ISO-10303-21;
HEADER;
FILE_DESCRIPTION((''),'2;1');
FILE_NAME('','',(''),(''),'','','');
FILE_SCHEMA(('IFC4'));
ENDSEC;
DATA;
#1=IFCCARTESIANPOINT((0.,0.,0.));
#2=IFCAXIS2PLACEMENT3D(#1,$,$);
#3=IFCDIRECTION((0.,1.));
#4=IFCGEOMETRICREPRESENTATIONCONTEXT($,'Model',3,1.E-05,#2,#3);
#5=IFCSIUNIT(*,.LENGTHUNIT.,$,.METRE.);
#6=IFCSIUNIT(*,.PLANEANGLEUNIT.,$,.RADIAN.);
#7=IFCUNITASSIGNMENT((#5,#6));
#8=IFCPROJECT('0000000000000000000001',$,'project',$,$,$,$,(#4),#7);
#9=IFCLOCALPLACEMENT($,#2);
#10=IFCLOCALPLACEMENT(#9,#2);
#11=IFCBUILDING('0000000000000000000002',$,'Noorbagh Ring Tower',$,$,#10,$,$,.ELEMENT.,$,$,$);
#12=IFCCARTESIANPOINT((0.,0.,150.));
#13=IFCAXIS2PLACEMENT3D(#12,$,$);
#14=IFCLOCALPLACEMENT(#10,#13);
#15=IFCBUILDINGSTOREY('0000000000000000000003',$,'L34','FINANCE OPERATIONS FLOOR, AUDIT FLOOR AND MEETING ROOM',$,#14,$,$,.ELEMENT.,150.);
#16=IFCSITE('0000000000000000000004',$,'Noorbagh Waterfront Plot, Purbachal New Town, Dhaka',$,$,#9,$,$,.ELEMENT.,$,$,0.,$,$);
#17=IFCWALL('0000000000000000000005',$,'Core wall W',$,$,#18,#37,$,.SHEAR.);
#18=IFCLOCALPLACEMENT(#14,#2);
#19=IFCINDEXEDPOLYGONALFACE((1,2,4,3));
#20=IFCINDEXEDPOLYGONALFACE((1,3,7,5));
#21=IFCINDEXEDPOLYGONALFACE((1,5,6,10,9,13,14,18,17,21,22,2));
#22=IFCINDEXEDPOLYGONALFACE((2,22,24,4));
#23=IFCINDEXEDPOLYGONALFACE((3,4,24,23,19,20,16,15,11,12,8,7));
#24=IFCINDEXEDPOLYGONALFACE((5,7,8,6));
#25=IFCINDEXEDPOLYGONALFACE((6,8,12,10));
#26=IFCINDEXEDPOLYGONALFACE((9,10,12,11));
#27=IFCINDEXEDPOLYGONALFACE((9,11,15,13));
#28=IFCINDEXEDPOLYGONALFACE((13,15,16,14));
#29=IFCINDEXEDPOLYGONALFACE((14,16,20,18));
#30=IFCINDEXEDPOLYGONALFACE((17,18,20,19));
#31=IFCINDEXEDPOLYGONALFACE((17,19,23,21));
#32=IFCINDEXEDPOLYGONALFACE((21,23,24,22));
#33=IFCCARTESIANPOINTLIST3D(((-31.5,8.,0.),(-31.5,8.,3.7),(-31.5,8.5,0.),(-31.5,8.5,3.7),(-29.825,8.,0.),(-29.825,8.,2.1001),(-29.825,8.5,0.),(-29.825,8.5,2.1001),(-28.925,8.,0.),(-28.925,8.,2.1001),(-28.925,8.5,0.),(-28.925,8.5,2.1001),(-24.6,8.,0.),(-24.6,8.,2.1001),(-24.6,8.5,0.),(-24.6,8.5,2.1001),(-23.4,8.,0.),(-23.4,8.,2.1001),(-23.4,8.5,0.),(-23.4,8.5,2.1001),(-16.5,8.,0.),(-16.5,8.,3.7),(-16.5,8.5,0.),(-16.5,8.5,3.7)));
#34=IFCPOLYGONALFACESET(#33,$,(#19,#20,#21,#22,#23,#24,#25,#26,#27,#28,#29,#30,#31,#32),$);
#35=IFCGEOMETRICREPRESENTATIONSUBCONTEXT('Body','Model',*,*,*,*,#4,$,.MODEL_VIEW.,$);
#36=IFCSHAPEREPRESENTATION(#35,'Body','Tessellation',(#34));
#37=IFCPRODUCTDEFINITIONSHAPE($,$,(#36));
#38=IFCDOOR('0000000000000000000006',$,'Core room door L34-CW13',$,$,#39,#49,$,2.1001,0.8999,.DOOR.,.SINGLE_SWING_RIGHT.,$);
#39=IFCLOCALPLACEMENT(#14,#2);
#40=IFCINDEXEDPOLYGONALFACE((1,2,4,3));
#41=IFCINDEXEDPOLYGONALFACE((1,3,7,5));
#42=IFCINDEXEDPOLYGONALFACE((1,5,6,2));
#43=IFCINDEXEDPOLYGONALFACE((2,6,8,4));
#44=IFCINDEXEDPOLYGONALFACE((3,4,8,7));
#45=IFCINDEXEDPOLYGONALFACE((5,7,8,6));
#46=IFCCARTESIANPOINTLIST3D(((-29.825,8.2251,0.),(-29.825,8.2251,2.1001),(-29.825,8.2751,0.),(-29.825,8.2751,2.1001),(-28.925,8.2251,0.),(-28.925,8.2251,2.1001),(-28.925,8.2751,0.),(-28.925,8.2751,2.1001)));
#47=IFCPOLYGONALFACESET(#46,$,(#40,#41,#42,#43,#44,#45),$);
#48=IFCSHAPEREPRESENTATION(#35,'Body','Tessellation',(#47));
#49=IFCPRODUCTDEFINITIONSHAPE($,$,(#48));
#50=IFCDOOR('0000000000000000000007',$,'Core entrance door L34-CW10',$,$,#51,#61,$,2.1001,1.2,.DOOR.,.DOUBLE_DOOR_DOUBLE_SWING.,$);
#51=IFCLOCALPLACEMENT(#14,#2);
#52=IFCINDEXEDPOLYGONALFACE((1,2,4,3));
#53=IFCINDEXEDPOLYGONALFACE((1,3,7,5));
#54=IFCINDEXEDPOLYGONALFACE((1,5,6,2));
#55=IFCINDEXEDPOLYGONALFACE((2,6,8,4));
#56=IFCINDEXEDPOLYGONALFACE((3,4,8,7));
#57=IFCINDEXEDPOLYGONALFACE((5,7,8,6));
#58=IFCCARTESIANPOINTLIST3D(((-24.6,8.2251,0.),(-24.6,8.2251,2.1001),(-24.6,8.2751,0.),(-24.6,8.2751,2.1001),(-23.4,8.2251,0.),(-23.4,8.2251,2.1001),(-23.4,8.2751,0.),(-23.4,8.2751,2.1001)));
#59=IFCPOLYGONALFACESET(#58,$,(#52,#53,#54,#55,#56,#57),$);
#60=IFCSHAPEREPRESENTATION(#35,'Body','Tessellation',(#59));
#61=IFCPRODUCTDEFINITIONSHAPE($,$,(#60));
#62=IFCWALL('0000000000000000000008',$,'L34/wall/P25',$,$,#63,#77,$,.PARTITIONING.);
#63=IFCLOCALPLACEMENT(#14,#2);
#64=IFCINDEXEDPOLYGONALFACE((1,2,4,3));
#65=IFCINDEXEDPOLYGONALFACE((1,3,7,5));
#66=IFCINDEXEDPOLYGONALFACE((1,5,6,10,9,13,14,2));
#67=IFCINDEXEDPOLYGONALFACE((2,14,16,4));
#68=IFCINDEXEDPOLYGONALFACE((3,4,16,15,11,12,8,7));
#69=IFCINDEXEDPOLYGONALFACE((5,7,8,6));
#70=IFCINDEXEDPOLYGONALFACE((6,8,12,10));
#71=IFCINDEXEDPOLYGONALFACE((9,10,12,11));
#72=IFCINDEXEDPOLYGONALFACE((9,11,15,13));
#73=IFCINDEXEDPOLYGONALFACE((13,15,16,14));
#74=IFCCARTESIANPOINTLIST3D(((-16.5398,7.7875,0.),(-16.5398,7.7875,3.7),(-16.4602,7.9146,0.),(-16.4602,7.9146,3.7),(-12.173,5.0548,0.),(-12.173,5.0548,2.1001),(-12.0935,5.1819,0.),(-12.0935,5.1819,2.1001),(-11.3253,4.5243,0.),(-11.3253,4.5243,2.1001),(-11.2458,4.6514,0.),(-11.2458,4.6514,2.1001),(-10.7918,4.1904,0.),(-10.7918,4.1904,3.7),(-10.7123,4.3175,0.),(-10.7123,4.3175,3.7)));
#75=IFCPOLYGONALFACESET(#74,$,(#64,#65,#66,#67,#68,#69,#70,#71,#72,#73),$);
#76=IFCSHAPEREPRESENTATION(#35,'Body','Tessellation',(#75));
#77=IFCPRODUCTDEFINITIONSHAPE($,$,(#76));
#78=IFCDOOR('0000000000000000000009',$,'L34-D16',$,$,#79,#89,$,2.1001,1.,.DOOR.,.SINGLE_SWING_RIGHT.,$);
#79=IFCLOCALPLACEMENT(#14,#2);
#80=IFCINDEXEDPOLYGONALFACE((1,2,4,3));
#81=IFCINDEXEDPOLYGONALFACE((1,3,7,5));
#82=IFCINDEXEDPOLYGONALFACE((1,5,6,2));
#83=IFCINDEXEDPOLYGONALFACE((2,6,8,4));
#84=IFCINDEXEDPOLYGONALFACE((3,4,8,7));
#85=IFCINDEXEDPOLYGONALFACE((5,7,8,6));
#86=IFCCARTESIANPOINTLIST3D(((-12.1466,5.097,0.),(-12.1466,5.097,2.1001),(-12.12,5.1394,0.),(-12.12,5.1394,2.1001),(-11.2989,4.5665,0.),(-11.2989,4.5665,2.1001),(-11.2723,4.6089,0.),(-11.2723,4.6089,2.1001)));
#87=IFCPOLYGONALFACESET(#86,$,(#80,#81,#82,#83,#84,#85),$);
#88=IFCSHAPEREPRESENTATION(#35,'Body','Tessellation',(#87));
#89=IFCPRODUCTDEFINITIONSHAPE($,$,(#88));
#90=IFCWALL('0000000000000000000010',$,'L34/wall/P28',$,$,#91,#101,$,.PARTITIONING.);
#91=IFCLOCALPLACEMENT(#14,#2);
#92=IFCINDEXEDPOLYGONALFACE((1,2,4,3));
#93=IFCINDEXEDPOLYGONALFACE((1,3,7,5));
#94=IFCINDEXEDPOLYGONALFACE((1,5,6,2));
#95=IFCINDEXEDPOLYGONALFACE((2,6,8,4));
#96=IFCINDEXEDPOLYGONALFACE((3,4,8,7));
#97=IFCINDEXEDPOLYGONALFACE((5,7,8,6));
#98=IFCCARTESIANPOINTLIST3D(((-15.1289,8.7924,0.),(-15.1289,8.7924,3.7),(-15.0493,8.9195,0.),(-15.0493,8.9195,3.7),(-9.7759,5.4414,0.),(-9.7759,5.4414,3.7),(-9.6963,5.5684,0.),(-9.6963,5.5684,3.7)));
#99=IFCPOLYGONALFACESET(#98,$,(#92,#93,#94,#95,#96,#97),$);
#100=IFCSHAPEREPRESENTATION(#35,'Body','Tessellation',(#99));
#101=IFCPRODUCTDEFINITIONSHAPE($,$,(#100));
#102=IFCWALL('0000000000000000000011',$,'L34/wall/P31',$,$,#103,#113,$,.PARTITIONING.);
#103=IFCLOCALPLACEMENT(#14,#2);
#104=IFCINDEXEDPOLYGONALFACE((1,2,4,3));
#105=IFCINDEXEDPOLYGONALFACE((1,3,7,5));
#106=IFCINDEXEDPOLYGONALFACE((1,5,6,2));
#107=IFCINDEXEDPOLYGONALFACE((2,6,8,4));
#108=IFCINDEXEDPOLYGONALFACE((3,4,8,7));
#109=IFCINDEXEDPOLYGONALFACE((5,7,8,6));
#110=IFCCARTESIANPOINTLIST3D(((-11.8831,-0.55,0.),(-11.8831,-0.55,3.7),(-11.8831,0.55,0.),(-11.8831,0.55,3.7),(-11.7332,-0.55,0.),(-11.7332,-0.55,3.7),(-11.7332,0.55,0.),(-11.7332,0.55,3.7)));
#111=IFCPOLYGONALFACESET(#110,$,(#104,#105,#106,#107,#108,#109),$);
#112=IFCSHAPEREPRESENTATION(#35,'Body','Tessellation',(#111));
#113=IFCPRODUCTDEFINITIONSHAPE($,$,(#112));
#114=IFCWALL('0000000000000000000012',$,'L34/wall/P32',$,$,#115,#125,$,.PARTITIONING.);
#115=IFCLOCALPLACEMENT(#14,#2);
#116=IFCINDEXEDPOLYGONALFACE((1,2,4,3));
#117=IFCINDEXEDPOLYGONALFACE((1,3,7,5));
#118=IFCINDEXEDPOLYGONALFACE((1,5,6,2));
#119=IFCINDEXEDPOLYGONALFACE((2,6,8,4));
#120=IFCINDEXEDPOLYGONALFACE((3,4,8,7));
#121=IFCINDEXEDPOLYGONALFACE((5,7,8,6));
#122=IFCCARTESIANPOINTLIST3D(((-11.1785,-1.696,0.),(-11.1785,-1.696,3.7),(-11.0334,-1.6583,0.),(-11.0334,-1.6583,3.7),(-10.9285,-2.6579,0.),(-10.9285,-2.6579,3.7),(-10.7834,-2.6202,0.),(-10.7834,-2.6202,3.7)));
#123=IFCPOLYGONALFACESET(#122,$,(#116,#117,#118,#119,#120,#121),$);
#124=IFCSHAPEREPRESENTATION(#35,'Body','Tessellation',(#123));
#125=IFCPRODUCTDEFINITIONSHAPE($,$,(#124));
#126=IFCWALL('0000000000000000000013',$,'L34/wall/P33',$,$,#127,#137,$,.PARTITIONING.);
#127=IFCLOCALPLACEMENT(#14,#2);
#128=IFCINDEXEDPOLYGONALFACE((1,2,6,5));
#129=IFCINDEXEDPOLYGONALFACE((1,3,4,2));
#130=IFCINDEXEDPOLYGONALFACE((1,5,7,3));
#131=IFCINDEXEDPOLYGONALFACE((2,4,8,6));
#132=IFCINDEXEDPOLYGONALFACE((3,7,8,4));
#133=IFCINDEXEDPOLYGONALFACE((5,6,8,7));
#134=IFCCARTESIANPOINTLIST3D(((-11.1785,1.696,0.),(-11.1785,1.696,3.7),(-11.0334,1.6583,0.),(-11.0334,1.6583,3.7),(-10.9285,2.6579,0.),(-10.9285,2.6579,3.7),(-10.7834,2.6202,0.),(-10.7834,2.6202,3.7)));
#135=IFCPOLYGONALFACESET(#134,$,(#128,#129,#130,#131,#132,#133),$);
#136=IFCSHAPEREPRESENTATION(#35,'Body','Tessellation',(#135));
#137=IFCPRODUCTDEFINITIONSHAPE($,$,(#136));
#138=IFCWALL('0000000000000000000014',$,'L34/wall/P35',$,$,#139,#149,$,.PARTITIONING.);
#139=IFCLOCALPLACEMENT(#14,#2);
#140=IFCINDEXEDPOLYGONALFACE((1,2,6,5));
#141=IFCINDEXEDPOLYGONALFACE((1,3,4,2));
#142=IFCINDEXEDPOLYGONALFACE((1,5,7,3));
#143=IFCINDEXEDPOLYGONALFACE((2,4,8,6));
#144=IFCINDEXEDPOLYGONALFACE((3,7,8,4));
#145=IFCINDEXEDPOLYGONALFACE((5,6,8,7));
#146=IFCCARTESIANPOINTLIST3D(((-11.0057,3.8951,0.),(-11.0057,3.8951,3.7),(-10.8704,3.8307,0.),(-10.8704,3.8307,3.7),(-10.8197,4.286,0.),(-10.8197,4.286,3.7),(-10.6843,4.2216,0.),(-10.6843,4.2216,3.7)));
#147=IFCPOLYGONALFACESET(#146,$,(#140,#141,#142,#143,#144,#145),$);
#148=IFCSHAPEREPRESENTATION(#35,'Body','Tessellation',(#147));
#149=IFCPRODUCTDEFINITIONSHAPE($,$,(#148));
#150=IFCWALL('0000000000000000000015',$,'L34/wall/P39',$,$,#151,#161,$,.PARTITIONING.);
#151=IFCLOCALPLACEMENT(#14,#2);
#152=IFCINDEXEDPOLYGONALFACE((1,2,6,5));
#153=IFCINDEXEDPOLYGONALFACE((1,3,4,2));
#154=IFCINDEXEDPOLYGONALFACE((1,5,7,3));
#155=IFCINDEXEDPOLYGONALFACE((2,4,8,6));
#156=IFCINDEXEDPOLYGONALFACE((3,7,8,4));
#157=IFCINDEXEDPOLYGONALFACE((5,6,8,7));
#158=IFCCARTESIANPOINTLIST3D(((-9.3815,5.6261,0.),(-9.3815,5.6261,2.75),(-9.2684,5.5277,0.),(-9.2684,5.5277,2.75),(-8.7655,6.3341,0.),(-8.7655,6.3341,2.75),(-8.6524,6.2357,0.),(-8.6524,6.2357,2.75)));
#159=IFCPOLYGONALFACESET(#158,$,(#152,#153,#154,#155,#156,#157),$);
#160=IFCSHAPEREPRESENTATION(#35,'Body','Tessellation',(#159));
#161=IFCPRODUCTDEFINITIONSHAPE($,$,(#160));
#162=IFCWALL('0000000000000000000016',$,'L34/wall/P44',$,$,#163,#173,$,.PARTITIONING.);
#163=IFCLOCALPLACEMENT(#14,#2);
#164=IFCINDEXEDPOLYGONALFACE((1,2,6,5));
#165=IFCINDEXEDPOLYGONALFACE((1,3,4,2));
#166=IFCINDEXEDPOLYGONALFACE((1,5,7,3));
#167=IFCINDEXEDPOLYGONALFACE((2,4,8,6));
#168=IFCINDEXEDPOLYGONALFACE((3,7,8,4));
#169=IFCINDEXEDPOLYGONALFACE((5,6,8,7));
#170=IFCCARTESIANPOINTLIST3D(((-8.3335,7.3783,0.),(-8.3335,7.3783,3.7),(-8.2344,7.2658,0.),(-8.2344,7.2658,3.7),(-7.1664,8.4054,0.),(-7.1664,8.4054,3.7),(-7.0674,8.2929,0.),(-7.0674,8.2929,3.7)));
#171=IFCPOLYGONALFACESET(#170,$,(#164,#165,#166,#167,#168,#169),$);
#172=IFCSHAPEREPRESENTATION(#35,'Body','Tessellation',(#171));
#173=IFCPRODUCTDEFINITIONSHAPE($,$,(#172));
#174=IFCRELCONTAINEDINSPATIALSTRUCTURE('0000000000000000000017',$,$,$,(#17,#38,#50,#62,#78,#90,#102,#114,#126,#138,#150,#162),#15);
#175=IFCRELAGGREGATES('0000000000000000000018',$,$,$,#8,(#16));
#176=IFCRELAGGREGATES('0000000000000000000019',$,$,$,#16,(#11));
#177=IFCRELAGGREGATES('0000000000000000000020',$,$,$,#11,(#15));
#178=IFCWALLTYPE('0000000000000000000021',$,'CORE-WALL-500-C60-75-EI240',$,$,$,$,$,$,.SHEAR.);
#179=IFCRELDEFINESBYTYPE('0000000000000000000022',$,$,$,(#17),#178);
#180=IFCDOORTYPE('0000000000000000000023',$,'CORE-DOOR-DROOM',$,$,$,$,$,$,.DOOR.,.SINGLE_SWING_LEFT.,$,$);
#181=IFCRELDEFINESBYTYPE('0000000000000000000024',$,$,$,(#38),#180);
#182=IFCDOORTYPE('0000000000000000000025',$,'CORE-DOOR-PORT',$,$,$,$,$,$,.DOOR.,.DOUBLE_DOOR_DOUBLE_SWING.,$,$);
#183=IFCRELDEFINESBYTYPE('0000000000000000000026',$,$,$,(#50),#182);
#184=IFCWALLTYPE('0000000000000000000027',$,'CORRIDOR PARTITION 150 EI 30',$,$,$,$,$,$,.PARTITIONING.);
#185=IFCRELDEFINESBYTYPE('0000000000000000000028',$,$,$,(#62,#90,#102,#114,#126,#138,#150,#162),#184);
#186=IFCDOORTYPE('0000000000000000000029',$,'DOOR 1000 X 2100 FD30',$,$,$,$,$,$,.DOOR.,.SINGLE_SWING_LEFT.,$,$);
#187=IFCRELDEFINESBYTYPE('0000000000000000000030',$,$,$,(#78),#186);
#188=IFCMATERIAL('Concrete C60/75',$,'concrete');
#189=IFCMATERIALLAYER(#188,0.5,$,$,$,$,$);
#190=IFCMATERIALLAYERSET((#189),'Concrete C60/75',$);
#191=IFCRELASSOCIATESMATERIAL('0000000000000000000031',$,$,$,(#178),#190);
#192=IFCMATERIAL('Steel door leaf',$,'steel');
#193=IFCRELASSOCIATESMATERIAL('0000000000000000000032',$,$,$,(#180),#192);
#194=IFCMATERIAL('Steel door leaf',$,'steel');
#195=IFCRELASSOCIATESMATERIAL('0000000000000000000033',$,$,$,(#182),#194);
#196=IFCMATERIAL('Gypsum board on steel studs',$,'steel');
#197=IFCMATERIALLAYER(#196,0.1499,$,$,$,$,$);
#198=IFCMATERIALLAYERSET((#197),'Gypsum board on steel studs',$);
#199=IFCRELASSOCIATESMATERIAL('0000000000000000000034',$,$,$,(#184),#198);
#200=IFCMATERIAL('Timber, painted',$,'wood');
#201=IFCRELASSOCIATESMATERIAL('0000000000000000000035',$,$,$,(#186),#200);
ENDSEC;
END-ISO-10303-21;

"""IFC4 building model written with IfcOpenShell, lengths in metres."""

from ifc_helpers import new_model, si_unit, direction, frame, frame_2d, origin, place, context, subcontext, project, spatial, rectangle, extrude, material, layer, layer_set, type_object, element, fill, save


model = new_model("IFC4")

# Units and contexts
model_context = context("Model", 3, precision=1e-05, world=origin(), true_north=direction((0.0, 1.0)))
body_context = subcontext(model_context, "Body", "Model", "MODEL_VIEW")
ifc_project = project(units=[si_unit("LENGTHUNIT", "METRE"), si_unit("PLANEANGLEUNIT", "RADIAN")], contexts=[model_context])

# Site, building, storey
site_placement = place(None, origin())
site = spatial("IfcSite", under=ifc_project, at=site_placement, Name="Noorbagh Waterfront Plot, Purbachal New Town, Dhaka", CompositionType="ELEMENT", RefElevation=0.0)
building_placement = place(site_placement, origin())
building = spatial("IfcBuilding", under=site, at=building_placement, Name="Noorbagh Ring Tower", CompositionType="ELEMENT")
storey_placement = place(building_placement, frame((0.0, 0.0, 150.0)))
storey = spatial("IfcBuildingStorey", under=building, at=storey_placement, Name="L34", Description="FINANCE OPERATIONS FLOOR, AUDIT FLOOR AND MEETING ROOM", CompositionType="ELEMENT", Elevation=150.0)

# Wall, openings, doors
ifc_material_1 = material(Name="Concrete C60/75", Category="concrete")
ifc_layer_1 = layer(ifc_material_1, 0.5)
ifc_layer_set_1 = layer_set([ifc_layer_1], Name="Concrete C60/75")
wall_type_1 = type_object("IfcWallType", Name="CORE-WALL-500-C60-75-EI240", PredefinedType="SHEAR", material=ifc_layer_set_1)
wall_1_placement = place(storey_placement, frame((-16.5, 8.25, 0.0), z_axis=(0.0, 0.0, 1.0), x_axis=(-1.0, 0.0, 0.0)))
wall_1 = element("IfcWall", 1, at=wall_1_placement, inside=storey, type_object=wall_type_1, Name="Core wall W", PredefinedType="SHEAR", context=body_context, shape_type="SweptSolid", body=[
    extrude(rectangle(XDim=15.0, YDim=0.5, at=frame_2d((7.5, 0.0))), origin(), (0.0, 0.0, 1.0), 3.7),
])
opening_1_placement = place(wall_1_placement, frame((6.8999, 0.0, 0.0)))
opening_1 = element("IfcOpeningElement", 2, at=opening_1_placement, cuts=wall_1, PredefinedType="OPENING", context=body_context, shape_type="SweptSolid", body=[
    extrude(rectangle(XDim=1.2, YDim=2.1001, at=frame_2d((0.6001, 1.05))), frame((0.0, 0.26, 0.0), z_axis=(0.0, -1.0, 0.0), x_axis=(1.0, 0.0, 0.0)), (0.0, 0.0, 1.0), 0.52),
])
opening_2_placement = place(wall_1_placement, frame((12.425, 0.0, 0.0)))
opening_2 = element("IfcOpeningElement", 3, at=opening_2_placement, cuts=wall_1, PredefinedType="OPENING", context=body_context, shape_type="SweptSolid", body=[
    extrude(rectangle(XDim=0.8999, YDim=2.1001, at=frame_2d((0.45, 1.05))), frame((0.0, 0.26, 0.0), z_axis=(0.0, -1.0, 0.0), x_axis=(1.0, 0.0, 0.0)), (0.0, 0.0, 1.0), 0.52),
])
ifc_material_2 = material(Name="Steel door leaf", Category="steel")
door_type_1 = type_object("IfcDoorType", Name="CORE-DOOR-DROOM", OperationType="SINGLE_SWING_LEFT", PredefinedType="DOOR", material=ifc_material_2)
door_1_placement = place(opening_2_placement, origin())
door_1 = element("IfcDoor", 4, at=door_1_placement, inside=storey, type_object=door_type_1, Name="Core room door L34-CW13", OperationType="SINGLE_SWING_RIGHT", OverallHeight=2.1001, OverallWidth=0.8999, PredefinedType="DOOR", context=body_context, shape_type="SweptSolid", body=[
    extrude(rectangle(XDim=0.8999, YDim=2.1001, at=frame_2d((0.45, 1.05))), frame((0.0, 0.0249, 0.0), z_axis=(0.0, -1.0, 0.0), x_axis=(1.0, 0.0, 0.0)), (0.0, 0.0, 1.0), 0.05),
])
fill(opening_2, door_1)
ifc_material_3 = material(Name="Steel door leaf", Category="steel")
door_type_2 = type_object("IfcDoorType", Name="CORE-DOOR-PORT", OperationType="DOUBLE_DOOR_DOUBLE_SWING", PredefinedType="DOOR", material=ifc_material_3)
door_2_placement = place(opening_1_placement, origin())
door_2 = element("IfcDoor", 5, at=door_2_placement, inside=storey, type_object=door_type_2, Name="Core entrance door L34-CW10", OperationType="DOUBLE_DOOR_DOUBLE_SWING", OverallHeight=2.1001, OverallWidth=1.2, PredefinedType="DOOR", context=body_context, shape_type="SweptSolid", body=[
    extrude(rectangle(XDim=1.2, YDim=2.1001, at=frame_2d((0.6001, 1.05))), frame((0.0, 0.0249, 0.0), z_axis=(0.0, -1.0, 0.0), x_axis=(1.0, 0.0, 0.0)), (0.0, 0.0, 1.0), 0.05),
])
fill(opening_1, door_2)

# Wall, opening, door
ifc_material_4 = material(Name="Gypsum board on steel studs", Category="steel")
ifc_layer_2 = layer(ifc_material_4, 0.1499)
ifc_layer_set_2 = layer_set([ifc_layer_2], Name="Gypsum board on steel studs")
wall_type_2 = type_object("IfcWallType", Name="CORRIDOR PARTITION 150 EI 30", PredefinedType="PARTITIONING", material=ifc_layer_set_2)
wall_2_placement = place(storey_placement, frame((-16.5, 7.8511, 0.0), z_axis=(0.0, 0.0, 1.0), x_axis=(0.847691, -0.530491, 0.0)))
wall_2 = element("IfcWall", 6, at=wall_2_placement, inside=storey, type_object=wall_type_2, Name="L34/wall/P25", PredefinedType="PARTITIONING", context=body_context, shape_type="SweptSolid", body=[
    extrude(rectangle(XDim=6.7808, YDim=0.1499, at=frame_2d((3.3904, 0.0))), origin(), (0.0, 0.0, 1.0), 3.7),
])
opening_3_placement = place(wall_2_placement, frame((5.1514, 0.0, 0.0)))
opening_3 = element("IfcOpeningElement", 7, at=opening_3_placement, cuts=wall_2, PredefinedType="OPENING", context=body_context, shape_type="SweptSolid", body=[
    extrude(rectangle(XDim=1.0, YDim=2.1001, at=frame_2d((0.5, 1.05))), frame((0.0, 0.085, 0.0), z_axis=(0.0, -1.0, 0.0), x_axis=(1.0, 0.0, 0.0)), (0.0, 0.0, 1.0), 0.1699),
])
ifc_material_5 = material(Name="Timber, painted", Category="wood")
door_type_3 = type_object("IfcDoorType", Name="DOOR 1000 X 2100 FD30", OperationType="SINGLE_SWING_LEFT", PredefinedType="DOOR", material=ifc_material_5)
door_3_placement = place(opening_3_placement, origin())
door_3 = element("IfcDoor", 8, at=door_3_placement, inside=storey, type_object=door_type_3, Name="L34-D16", OperationType="SINGLE_SWING_RIGHT", OverallHeight=2.1001, OverallWidth=1.0, PredefinedType="DOOR", context=body_context, shape_type="SweptSolid", body=[
    extrude(rectangle(XDim=1.0, YDim=2.1001, at=frame_2d((0.5, 1.05))), frame((0.0, 0.0249, 0.0), z_axis=(0.0, -1.0, 0.0), x_axis=(1.0, 0.0, 0.0)), (0.0, 0.0, 1.0), 0.05),
])
fill(opening_3, door_3)

# Walls
wall_3_placement = place(storey_placement, frame((-15.0891, 8.856, 0.0), z_axis=(0.0, 0.0, 1.0), x_axis=(0.847612, -0.530617, 0.0)))
element("IfcWall", 9, at=wall_3_placement, inside=storey, type_object=wall_type_2, Name="L34/wall/P28", PredefinedType="PARTITIONING", context=body_context, shape_type="SweptSolid", body=[
    extrude(rectangle(XDim=6.3154, YDim=0.1499, at=frame_2d((3.1577, 0.0))), origin(), (0.0, 0.0, 1.0), 3.7),
])
wall_4_placement = place(storey_placement, frame((-11.8081, -0.55, 0.0), z_axis=(0.0, 0.0, 1.0), x_axis=(0.0, 1.0, 0.0)))
element("IfcWall", 10, at=wall_4_placement, inside=storey, type_object=wall_type_2, Name="L34/wall/P31", PredefinedType="PARTITIONING", context=body_context, shape_type="SweptSolid", body=[
    extrude(rectangle(XDim=1.1001, YDim=0.1499, at=frame_2d((0.55, 0.0))), origin(), (0.0, 0.0, 1.0), 3.7),
])
for number, where, z_axis, x_axis, name in (
    (11, (-11.106, -1.677, 0.0), (0.0, 0.0, 1.0), (0.251542, -0.967846, 0.0), "L34/wall/P32"),
    (12, (-11.106, 1.677, 0.0), (0.0, 0.0, 1.0), (0.251542, 0.967846, 0.0), "L34/wall/P33"),
):
    element("IfcWall", number, at=place(storey_placement, frame(where, z_axis=z_axis, x_axis=x_axis)), inside=storey, type_object=wall_type_2, Name=name, PredefinedType="PARTITIONING", context=body_context, shape_type="SweptSolid", body=[
        extrude(rectangle(XDim=0.9939, YDim=0.1499, at=frame_2d((0.4971, 0.0))), origin(), (0.0, 0.0, 1.0), 3.7),
    ])
wall_5_placement = place(storey_placement, frame((-10.938, 3.863, 0.0), z_axis=(0.0, 0.0, 1.0), x_axis=(0.429758, 0.902944, 0.0)))
element("IfcWall", 13, at=wall_5_placement, inside=storey, type_object=wall_type_2, Name="L34/wall/P35", PredefinedType="PARTITIONING", context=body_context, shape_type="SweptSolid", body=[
    extrude(rectangle(XDim=0.4329, YDim=0.1499, at=frame_2d((0.2163, 0.0))), origin(), (0.0, 0.0, 1.0), 3.7),
])
wall_6_placement = place(storey_placement, frame((-9.325, 5.5769, 0.0), z_axis=(0.0, 0.0, 1.0), x_axis=(0.656365, 0.754443, 0.0)))
element("IfcWall", 14, at=wall_6_placement, inside=storey, type_object=wall_type_2, Name="L34/wall/P39", PredefinedType="PARTITIONING", context=body_context, shape_type="SweptSolid", body=[
    extrude(rectangle(XDim=0.9385, YDim=0.1499, at=frame_2d((0.4692, 0.0))), origin(), (0.0, 0.0, 1.0), 2.75),
])
wall_7_placement = place(storey_placement, frame((-8.2839, 7.322, 0.0), z_axis=(0.0, 0.0, 1.0), x_axis=(0.750667, 0.660681, 0.0)))
element("IfcWall", 15, at=wall_7_placement, inside=storey, type_object=wall_type_2, Name="L34/wall/P44", PredefinedType="PARTITIONING", context=body_context, shape_type="SweptSolid", body=[
    extrude(rectangle(XDim=1.5547, YDim=0.1499, at=frame_2d((0.7773, 0.0))), origin(), (0.0, 0.0, 1.0), 3.7),
])

save(model, "model.ifc")
